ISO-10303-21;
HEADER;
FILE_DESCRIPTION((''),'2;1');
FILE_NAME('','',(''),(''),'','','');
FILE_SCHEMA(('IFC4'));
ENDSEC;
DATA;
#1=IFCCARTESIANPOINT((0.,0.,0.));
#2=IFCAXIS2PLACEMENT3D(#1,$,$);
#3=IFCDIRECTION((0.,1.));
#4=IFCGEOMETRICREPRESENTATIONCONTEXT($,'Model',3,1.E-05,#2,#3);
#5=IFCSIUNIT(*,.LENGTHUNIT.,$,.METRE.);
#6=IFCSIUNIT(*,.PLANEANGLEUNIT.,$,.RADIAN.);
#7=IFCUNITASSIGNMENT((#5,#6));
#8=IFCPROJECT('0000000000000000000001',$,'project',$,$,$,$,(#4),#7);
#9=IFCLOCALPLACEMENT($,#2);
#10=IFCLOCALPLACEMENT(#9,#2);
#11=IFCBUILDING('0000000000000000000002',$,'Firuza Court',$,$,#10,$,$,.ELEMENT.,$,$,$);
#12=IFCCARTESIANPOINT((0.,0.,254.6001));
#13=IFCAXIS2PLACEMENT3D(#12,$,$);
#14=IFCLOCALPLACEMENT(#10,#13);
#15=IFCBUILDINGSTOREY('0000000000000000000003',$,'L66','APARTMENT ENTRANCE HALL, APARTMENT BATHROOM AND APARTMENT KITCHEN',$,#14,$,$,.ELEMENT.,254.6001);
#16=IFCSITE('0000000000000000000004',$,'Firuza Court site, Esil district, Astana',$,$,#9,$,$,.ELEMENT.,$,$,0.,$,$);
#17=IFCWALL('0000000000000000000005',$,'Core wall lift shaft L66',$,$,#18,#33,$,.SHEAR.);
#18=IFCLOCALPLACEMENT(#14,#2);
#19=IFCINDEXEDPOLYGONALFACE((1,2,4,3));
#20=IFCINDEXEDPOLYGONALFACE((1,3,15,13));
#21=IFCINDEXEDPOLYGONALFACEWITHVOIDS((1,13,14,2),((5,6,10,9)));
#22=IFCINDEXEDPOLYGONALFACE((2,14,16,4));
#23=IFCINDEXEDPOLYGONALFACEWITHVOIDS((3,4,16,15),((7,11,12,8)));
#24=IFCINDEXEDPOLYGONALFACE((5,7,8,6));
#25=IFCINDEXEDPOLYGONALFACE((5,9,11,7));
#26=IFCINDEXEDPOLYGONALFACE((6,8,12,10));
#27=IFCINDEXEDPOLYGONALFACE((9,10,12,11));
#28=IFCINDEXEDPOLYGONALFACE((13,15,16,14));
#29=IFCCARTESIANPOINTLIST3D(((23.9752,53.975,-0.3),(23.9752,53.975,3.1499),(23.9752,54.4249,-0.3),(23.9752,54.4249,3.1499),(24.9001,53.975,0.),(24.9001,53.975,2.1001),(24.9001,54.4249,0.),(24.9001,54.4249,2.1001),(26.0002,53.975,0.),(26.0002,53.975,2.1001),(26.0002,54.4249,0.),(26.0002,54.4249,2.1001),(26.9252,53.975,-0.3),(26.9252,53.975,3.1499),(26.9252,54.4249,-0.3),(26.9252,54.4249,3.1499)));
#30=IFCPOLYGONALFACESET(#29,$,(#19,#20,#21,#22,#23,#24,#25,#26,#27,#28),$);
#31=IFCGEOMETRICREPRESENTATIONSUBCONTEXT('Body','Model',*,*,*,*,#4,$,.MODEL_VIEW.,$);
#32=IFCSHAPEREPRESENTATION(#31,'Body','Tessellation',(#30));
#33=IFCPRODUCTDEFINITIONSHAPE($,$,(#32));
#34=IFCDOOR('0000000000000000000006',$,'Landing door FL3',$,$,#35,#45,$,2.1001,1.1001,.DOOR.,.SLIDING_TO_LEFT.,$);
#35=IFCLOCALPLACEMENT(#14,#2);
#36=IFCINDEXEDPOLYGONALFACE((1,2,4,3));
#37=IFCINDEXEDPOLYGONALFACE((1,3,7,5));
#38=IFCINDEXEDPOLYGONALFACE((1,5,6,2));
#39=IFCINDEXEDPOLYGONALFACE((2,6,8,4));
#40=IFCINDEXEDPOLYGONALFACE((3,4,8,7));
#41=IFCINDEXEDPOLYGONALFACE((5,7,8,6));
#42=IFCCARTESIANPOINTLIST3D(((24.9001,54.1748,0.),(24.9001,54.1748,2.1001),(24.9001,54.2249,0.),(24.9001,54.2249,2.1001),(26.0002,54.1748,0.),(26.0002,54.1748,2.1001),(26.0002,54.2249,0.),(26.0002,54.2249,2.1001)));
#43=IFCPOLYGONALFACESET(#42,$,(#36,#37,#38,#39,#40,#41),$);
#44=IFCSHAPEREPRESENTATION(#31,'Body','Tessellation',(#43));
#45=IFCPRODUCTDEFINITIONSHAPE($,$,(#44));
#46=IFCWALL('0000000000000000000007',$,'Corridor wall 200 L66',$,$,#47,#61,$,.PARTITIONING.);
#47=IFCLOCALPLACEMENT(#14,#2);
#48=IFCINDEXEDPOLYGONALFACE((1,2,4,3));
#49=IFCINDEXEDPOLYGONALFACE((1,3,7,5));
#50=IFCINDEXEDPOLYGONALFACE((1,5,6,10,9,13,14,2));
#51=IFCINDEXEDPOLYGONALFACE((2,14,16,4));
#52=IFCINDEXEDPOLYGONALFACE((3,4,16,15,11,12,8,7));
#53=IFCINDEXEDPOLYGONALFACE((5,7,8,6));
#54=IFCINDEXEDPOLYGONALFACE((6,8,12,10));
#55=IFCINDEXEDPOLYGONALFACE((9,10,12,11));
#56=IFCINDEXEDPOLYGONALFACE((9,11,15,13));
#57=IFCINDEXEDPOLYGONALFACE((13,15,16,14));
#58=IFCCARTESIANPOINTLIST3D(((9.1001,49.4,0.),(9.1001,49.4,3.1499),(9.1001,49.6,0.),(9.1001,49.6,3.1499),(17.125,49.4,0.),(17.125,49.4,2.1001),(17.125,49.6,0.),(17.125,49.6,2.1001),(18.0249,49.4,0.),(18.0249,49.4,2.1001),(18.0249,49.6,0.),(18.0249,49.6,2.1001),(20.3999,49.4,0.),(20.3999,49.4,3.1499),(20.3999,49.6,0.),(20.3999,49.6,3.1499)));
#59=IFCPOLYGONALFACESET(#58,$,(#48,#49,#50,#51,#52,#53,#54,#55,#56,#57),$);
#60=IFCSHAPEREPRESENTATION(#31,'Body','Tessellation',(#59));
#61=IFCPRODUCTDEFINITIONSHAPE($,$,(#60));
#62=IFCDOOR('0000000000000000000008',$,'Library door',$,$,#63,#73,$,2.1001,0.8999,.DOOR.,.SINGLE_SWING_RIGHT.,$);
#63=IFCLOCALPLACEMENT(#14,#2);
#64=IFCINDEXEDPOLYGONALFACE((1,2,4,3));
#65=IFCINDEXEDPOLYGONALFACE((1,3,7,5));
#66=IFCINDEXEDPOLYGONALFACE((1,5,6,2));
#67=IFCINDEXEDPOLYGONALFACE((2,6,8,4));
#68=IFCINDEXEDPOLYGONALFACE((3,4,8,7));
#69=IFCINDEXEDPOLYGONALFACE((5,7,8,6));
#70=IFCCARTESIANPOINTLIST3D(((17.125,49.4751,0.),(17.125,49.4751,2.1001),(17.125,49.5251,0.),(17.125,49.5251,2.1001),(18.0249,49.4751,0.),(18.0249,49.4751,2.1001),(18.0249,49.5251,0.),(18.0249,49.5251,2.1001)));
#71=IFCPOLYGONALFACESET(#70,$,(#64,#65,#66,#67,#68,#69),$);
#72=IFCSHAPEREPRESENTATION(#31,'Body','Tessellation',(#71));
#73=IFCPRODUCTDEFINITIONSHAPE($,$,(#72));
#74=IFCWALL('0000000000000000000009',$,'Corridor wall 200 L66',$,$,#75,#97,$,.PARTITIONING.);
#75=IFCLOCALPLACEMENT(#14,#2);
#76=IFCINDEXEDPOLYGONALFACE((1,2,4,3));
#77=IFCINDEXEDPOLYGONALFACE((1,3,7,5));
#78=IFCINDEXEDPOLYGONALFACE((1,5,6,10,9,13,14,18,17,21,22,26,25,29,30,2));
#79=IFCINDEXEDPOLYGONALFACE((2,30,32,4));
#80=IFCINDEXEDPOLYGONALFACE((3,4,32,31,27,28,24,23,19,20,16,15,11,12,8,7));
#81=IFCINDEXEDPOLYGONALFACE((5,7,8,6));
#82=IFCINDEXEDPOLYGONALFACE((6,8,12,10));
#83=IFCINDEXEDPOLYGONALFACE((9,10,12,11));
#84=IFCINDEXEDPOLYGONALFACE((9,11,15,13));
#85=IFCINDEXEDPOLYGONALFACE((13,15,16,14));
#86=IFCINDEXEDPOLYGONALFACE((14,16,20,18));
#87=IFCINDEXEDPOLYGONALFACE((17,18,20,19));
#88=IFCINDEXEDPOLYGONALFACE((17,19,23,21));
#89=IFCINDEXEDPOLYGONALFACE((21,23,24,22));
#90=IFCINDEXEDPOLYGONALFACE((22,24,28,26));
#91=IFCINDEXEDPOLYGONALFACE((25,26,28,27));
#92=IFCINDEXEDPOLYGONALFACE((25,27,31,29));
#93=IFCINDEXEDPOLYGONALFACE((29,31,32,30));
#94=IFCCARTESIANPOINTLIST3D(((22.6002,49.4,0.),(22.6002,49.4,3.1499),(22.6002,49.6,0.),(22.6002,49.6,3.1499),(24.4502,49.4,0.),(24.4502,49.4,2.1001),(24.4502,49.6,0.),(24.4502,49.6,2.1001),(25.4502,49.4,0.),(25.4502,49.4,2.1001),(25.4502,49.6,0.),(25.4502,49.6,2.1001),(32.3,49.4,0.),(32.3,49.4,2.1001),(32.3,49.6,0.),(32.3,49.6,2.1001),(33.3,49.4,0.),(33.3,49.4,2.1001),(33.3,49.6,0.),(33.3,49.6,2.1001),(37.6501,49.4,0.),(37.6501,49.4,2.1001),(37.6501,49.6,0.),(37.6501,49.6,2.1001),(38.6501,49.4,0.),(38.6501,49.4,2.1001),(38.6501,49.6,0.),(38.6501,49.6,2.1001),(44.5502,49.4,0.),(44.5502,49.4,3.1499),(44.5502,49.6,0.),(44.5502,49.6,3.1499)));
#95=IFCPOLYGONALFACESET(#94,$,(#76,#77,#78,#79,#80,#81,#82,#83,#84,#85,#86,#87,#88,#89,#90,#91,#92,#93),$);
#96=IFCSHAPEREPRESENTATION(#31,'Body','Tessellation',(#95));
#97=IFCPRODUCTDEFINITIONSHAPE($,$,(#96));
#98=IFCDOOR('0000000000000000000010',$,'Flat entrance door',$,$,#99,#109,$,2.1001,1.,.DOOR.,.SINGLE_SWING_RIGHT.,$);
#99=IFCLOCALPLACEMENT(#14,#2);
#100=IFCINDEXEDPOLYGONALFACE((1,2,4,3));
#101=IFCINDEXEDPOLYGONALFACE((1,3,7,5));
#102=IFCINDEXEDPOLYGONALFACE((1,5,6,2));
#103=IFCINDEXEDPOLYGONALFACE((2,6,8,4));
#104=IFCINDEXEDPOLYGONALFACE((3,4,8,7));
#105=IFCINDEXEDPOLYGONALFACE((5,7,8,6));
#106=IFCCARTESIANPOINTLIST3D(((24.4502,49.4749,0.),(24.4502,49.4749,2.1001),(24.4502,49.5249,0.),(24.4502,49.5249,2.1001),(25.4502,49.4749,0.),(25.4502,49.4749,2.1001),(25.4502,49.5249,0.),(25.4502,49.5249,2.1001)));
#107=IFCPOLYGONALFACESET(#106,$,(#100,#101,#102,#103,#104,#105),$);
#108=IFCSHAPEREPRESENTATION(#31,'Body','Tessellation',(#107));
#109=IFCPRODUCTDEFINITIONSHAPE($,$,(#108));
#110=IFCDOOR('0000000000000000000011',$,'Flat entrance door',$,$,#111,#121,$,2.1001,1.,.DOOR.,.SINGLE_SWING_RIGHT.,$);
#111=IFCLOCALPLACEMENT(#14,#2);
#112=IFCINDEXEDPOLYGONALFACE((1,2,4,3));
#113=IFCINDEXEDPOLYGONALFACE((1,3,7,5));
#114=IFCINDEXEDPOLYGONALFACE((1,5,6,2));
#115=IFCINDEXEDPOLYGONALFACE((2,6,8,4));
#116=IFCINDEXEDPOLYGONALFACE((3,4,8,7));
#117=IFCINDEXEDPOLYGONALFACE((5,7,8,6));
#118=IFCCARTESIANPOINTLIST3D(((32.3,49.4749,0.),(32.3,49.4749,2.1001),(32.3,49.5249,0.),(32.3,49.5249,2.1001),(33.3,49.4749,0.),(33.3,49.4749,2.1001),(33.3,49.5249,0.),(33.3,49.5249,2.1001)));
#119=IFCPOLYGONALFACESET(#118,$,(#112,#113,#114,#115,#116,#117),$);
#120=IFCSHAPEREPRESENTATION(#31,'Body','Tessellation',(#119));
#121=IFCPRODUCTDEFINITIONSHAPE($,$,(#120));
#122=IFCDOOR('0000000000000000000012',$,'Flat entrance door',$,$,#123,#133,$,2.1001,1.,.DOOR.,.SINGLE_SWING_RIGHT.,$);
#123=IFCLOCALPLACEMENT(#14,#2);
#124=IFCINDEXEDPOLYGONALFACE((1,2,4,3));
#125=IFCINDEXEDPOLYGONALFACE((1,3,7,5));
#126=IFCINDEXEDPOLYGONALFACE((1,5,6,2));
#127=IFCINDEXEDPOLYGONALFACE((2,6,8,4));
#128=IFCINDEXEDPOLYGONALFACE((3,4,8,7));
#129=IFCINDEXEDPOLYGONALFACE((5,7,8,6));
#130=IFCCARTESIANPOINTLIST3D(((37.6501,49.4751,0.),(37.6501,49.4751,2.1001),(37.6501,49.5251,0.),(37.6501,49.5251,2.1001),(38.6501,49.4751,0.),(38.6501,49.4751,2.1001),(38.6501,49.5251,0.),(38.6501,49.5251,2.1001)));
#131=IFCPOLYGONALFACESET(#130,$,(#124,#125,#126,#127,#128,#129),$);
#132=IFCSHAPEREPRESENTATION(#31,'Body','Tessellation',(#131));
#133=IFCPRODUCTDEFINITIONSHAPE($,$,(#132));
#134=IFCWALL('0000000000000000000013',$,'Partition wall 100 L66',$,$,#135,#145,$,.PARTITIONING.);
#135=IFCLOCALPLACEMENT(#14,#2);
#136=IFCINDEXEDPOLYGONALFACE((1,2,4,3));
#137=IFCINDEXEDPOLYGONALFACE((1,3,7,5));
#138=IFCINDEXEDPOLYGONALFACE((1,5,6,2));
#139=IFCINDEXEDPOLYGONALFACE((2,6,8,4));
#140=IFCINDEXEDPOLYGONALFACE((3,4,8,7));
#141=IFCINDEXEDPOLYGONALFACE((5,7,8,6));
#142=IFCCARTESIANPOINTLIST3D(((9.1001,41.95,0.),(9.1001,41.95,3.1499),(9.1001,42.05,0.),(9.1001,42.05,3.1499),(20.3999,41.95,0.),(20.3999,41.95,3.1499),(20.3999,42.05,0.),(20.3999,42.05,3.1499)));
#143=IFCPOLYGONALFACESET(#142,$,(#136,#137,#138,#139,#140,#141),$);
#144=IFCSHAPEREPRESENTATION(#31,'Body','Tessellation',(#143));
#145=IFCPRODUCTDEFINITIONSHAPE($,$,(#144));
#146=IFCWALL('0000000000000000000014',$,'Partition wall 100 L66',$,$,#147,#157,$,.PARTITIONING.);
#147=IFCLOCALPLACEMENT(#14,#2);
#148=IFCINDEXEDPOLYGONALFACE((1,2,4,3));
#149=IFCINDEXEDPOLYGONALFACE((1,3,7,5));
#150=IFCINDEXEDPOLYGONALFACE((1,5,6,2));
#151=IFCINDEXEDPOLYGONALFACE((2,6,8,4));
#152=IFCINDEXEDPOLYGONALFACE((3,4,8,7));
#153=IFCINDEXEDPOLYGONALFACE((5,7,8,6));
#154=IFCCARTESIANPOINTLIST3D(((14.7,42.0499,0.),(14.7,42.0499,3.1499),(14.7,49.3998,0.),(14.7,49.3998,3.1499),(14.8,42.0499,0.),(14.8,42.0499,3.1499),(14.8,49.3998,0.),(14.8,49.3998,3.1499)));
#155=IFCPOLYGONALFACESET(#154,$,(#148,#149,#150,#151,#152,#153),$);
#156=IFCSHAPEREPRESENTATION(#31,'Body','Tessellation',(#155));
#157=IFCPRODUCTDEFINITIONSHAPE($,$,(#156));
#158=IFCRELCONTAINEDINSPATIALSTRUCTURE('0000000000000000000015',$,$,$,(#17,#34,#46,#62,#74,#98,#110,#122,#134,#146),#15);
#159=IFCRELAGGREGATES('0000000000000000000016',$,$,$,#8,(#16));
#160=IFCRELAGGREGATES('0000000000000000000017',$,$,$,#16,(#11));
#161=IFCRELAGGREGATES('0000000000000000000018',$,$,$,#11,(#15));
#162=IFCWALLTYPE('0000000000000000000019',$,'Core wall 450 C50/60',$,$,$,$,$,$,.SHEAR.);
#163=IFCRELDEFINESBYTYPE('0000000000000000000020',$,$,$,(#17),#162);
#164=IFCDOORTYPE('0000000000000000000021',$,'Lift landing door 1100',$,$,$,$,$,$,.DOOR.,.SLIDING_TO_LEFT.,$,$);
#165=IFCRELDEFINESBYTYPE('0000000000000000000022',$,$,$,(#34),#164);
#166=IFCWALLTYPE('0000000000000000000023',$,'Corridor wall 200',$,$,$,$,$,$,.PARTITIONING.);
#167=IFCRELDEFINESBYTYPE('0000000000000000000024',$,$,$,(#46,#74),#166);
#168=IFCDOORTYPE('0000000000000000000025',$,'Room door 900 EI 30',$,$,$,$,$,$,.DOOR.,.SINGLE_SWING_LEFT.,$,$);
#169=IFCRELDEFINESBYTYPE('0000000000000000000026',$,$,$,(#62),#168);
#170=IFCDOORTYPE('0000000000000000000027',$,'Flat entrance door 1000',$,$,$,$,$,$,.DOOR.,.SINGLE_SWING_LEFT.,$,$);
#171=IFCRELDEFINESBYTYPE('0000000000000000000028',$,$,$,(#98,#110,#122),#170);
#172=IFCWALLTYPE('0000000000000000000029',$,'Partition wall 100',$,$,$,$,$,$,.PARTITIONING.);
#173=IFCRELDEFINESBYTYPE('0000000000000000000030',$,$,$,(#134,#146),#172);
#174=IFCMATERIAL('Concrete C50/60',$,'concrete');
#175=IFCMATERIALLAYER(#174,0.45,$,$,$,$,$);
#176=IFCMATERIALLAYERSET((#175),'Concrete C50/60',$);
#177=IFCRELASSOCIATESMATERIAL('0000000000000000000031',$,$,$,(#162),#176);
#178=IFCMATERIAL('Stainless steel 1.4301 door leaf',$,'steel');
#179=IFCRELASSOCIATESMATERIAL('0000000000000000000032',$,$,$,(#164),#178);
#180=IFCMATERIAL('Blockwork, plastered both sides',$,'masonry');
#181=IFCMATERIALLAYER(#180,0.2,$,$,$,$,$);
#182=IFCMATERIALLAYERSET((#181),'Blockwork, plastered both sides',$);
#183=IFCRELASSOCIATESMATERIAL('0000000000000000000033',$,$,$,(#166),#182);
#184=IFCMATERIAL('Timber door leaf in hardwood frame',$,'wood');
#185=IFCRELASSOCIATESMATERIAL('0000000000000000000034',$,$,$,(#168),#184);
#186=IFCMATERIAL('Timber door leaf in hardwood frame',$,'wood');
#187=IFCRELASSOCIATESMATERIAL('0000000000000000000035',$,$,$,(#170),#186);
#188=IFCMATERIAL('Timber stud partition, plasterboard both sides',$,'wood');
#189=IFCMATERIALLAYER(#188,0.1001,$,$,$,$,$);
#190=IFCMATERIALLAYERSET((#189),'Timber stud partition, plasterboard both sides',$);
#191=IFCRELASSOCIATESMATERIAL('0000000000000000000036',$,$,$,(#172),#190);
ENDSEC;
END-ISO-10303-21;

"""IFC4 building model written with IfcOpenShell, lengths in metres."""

from ifc_helpers import new_model, si_unit, direction, frame, frame_2d, origin, place, context, subcontext, project, spatial, rectangle, extrude, material, layer, layer_set, type_object, element, fill, save


model = new_model("IFC4")

# Units and contexts
model_context = context("Model", 3, precision=1e-05, world=origin(), true_north=direction((0.0, 1.0)))
body_context = subcontext(model_context, "Body", "Model", "MODEL_VIEW")
ifc_project = project(units=[si_unit("LENGTHUNIT", "METRE"), si_unit("PLANEANGLEUNIT", "RADIAN")], contexts=[model_context])

# Site, building, storey
site_placement = place(None, origin())
site = spatial("IfcSite", under=ifc_project, at=site_placement, Name="Firuza Court site, Esil district, Astana", CompositionType="ELEMENT", RefElevation=0.0)
building_placement = place(site_placement, origin())
building = spatial("IfcBuilding", under=site, at=building_placement, Name="Firuza Court", CompositionType="ELEMENT")
storey_placement = place(building_placement, frame((0.0, 0.0, 254.6001)))
storey = spatial("IfcBuildingStorey", under=building, at=storey_placement, Name="L66", Description="APARTMENT ENTRANCE HALL, APARTMENT BATHROOM AND APARTMENT KITCHEN", CompositionType="ELEMENT", Elevation=254.6001)

# Walls, openings, doors
ifc_material_1 = material(Name="Concrete C50/60", Category="concrete")
ifc_layer_1 = layer(ifc_material_1, 0.45)
ifc_layer_set_1 = layer_set([ifc_layer_1], Name="Concrete C50/60")
wall_type_1 = type_object("IfcWallType", Name="Core wall 450 C50/60", PredefinedType="SHEAR", material=ifc_layer_set_1)
wall_1_placement = place(storey_placement, frame((23.9751, 54.2, -0.3), z_axis=(0.0, 0.0, 1.0), x_axis=(1.0, 0.0, 0.0)))
wall_1 = element("IfcWall", 1, at=wall_1_placement, inside=storey, type_object=wall_type_1, Name="Core wall lift shaft L66", PredefinedType="SHEAR", context=body_context, shape_type="SweptSolid", body=[
    extrude(rectangle(XDim=2.95, YDim=0.45, at=frame_2d((1.4751, 0.0))), origin(), (0.0, 0.0, 1.0), 3.45),
])
opening_1_placement = place(wall_1_placement, frame((0.925, 0.0, 0.3)))
opening_1 = element("IfcOpeningElement", 2, at=opening_1_placement, cuts=wall_1, PredefinedType="OPENING", context=body_context, shape_type="SweptSolid", body=[
    extrude(rectangle(XDim=1.1001, YDim=2.1001, at=frame_2d((0.55, 1.05))), frame((0.0, 0.2368, 0.0), z_axis=(0.0, -1.0, 0.0), x_axis=(1.0, 0.0, 0.0)), (0.0, 0.0, 1.0), 0.4739),
])
ifc_material_2 = material(Name="Stainless steel 1.4301 door leaf", Category="steel")
door_type_1 = type_object("IfcDoorType", Name="Lift landing door 1100", OperationType="SLIDING_TO_LEFT", PredefinedType="DOOR", material=ifc_material_2)
door_1_placement = place(opening_1_placement, origin())
door_1 = element("IfcDoor", 3, at=door_1_placement, inside=storey, type_object=door_type_1, Name="Landing door FL3", OperationType="SLIDING_TO_LEFT", OverallHeight=2.1001, OverallWidth=1.1001, PredefinedType="DOOR", context=body_context, shape_type="SweptSolid", body=[
    extrude(rectangle(XDim=1.1001, YDim=2.1001, at=frame_2d((0.55, 1.05))), frame((0.0, 0.0249, 0.0), z_axis=(0.0, -1.0, 0.0), x_axis=(1.0, 0.0, 0.0)), (0.0, 0.0, 1.0), 0.05),
])
fill(opening_1, door_1)
ifc_material_3 = material(Name="Blockwork, plastered both sides", Category="masonry")
ifc_layer_2 = layer(ifc_material_3, 0.2)
ifc_layer_set_2 = layer_set([ifc_layer_2], Name="Blockwork, plastered both sides")
wall_type_2 = type_object("IfcWallType", Name="Corridor wall 200", PredefinedType="PARTITIONING", material=ifc_layer_set_2)
wall_2_placement = place(storey_placement, frame((9.1001, 49.5, 0.0), z_axis=(0.0, 0.0, 1.0), x_axis=(1.0, 0.0, 0.0)))
wall_2 = element("IfcWall", 4, at=wall_2_placement, inside=storey, type_object=wall_type_2, Name="Corridor wall 200 L66", PredefinedType="PARTITIONING", context=body_context, shape_type="SweptSolid", body=[
    extrude(rectangle(XDim=11.2998, YDim=0.2, at=frame_2d((5.6499, 0.0))), origin(), (0.0, 0.0, 1.0), 3.1499),
])
opening_2_placement = place(wall_2_placement, frame((8.0249, 0.0, 0.0)))
opening_2 = element("IfcOpeningElement", 5, at=opening_2_placement, cuts=wall_2, PredefinedType="OPENING", context=body_context, shape_type="SweptSolid", body=[
    extrude(rectangle(XDim=0.8999, YDim=2.1001, at=frame_2d((0.45, 1.05))), frame((0.0, 0.1118, 0.0), z_axis=(0.0, -1.0, 0.0), x_axis=(1.0, 0.0, 0.0)), (0.0, 0.0, 1.0), 0.2239),
])
ifc_material_4 = material(Name="Timber door leaf in hardwood frame", Category="wood")
door_type_2 = type_object("IfcDoorType", Name="Room door 900 EI 30", OperationType="SINGLE_SWING_LEFT", PredefinedType="DOOR", material=ifc_material_4)
door_2_placement = place(opening_2_placement, frame((0.8999, 0.0, 0.0), z_axis=(0.0, 0.0, 1.0), x_axis=(-1.0, 0.0, 0.0)))
door_2 = element("IfcDoor", 6, at=door_2_placement, inside=storey, type_object=door_type_2, Name="Library door", OperationType="SINGLE_SWING_RIGHT", OverallHeight=2.1001, OverallWidth=0.8999, PredefinedType="DOOR", context=body_context, shape_type="SweptSolid", body=[
    extrude(rectangle(XDim=0.8999, YDim=2.1001, at=frame_2d((0.45, 1.05))), frame((0.0, 0.0249, 0.0), z_axis=(0.0, -1.0, 0.0), x_axis=(1.0, 0.0, 0.0)), (0.0, 0.0, 1.0), 0.05),
])
fill(opening_2, door_2)

# Wall, openings, doors
wall_3_placement = place(storey_placement, frame((22.6001, 49.5, 0.0), z_axis=(0.0, 0.0, 1.0), x_axis=(1.0, 0.0, 0.0)))
wall_3 = element("IfcWall", 7, at=wall_3_placement, inside=storey, type_object=wall_type_2, Name="Corridor wall 200 L66", PredefinedType="PARTITIONING", context=body_context, shape_type="SweptSolid", body=[
    extrude(rectangle(XDim=21.95, YDim=0.2, at=frame_2d((10.9751, 0.0))), origin(), (0.0, 0.0, 1.0), 3.1499),
])
opening_3_placement = place(wall_3_placement, frame((1.8501, 0.0, 0.0)))
opening_3 = element("IfcOpeningElement", 8, at=opening_3_placement, cuts=wall_3, PredefinedType="OPENING", context=body_context, shape_type="SweptSolid", body=[
    extrude(rectangle(XDim=1.0, YDim=2.1001, at=frame_2d((0.5, 1.05))), frame((0.0, 0.1118, 0.0), z_axis=(0.0, -1.0, 0.0), x_axis=(1.0, 0.0, 0.0)), (0.0, 0.0, 1.0), 0.2239),
])
opening_4_placement = place(wall_3_placement, frame((9.7, 0.0, 0.0)))
opening_4 = element("IfcOpeningElement", 9, at=opening_4_placement, cuts=wall_3, PredefinedType="OPENING", context=body_context, shape_type="SweptSolid", body=[
    extrude(rectangle(XDim=1.0, YDim=2.1001, at=frame_2d((0.5, 1.05))), frame((0.0, 0.1118, 0.0), z_axis=(0.0, -1.0, 0.0), x_axis=(1.0, 0.0, 0.0)), (0.0, 0.0, 1.0), 0.2239),
])
opening_5_placement = place(wall_3_placement, frame((15.05, 0.0, 0.0)))
opening_5 = element("IfcOpeningElement", 10, at=opening_5_placement, cuts=wall_3, PredefinedType="OPENING", context=body_context, shape_type="SweptSolid", body=[
    extrude(rectangle(XDim=1.0, YDim=2.1001, at=frame_2d((0.5, 1.05))), frame((0.0, 0.1118, 0.0), z_axis=(0.0, -1.0, 0.0), x_axis=(1.0, 0.0, 0.0)), (0.0, 0.0, 1.0), 0.2239),
])
ifc_material_5 = material(Name="Timber door leaf in hardwood frame", Category="wood")
door_type_3 = type_object("IfcDoorType", Name="Flat entrance door 1000", OperationType="SINGLE_SWING_LEFT", PredefinedType="DOOR", material=ifc_material_5)
door_3_placement = place(opening_3_placement, origin())
door_3 = element("IfcDoor", 11, at=door_3_placement, inside=storey, type_object=door_type_3, Name="Flat entrance door", OperationType="SINGLE_SWING_RIGHT", OverallHeight=2.1001, OverallWidth=1.0, PredefinedType="DOOR", context=body_context, shape_type="SweptSolid", body=[
    extrude(rectangle(XDim=1.0, YDim=2.1001, at=frame_2d((0.5, 1.05))), frame((0.0, 0.0249, 0.0), z_axis=(0.0, -1.0, 0.0), x_axis=(1.0, 0.0, 0.0)), (0.0, 0.0, 1.0), 0.05),
])
fill(opening_3, door_3)
door_4_placement = place(opening_4_placement, origin())
door_4 = element("IfcDoor", 12, at=door_4_placement, inside=storey, type_object=door_type_3, Name="Flat entrance door", OperationType="SINGLE_SWING_RIGHT", OverallHeight=2.1001, OverallWidth=1.0, PredefinedType="DOOR", context=body_context, shape_type="SweptSolid", body=[
    extrude(rectangle(XDim=1.0, YDim=2.1001, at=frame_2d((0.5, 1.05))), frame((0.0, 0.0249, 0.0), z_axis=(0.0, -1.0, 0.0), x_axis=(1.0, 0.0, 0.0)), (0.0, 0.0, 1.0), 0.05),
])
fill(opening_4, door_4)
door_5_placement = place(opening_5_placement, frame((1.0, 0.0, 0.0), z_axis=(0.0, 0.0, 1.0), x_axis=(-1.0, 0.0, 0.0)))
door_5 = element("IfcDoor", 13, at=door_5_placement, inside=storey, type_object=door_type_3, Name="Flat entrance door", OperationType="SINGLE_SWING_RIGHT", OverallHeight=2.1001, OverallWidth=1.0, PredefinedType="DOOR", context=body_context, shape_type="SweptSolid", body=[
    extrude(rectangle(XDim=1.0, YDim=2.1001, at=frame_2d((0.5, 1.05))), frame((0.0, 0.0249, 0.0), z_axis=(0.0, -1.0, 0.0), x_axis=(1.0, 0.0, 0.0)), (0.0, 0.0, 1.0), 0.05),
])
fill(opening_5, door_5)

# Walls
ifc_material_6 = material(Name="Timber stud partition, plasterboard both sides", Category="wood")
ifc_layer_3 = layer(ifc_material_6, 0.1001)
ifc_layer_set_3 = layer_set([ifc_layer_3], Name="Timber stud partition, plasterboard both sides")
wall_type_3 = type_object("IfcWallType", Name="Partition wall 100", PredefinedType="PARTITIONING", material=ifc_layer_set_3)
wall_4_placement = place(storey_placement, frame((9.1001, 42.0, 0.0), z_axis=(0.0, 0.0, 1.0), x_axis=(1.0, 0.0, 0.0)))
element("IfcWall", 14, at=wall_4_placement, inside=storey, type_object=wall_type_3, Name="Partition wall 100 L66", PredefinedType="PARTITIONING", context=body_context, shape_type="SweptSolid", body=[
    extrude(rectangle(XDim=11.2998, YDim=0.1001, at=frame_2d((5.6499, 0.0))), origin(), (0.0, 0.0, 1.0), 3.1499),
])
wall_5_placement = place(storey_placement, frame((14.75, 42.05, 0.0), z_axis=(0.0, 0.0, 1.0), x_axis=(0.0, 1.0, 0.0)))
element("IfcWall", 15, at=wall_5_placement, inside=storey, type_object=wall_type_3, Name="Partition wall 100 L66", PredefinedType="PARTITIONING", context=body_context, shape_type="SweptSolid", body=[
    extrude(rectangle(XDim=7.3499, YDim=0.1001, at=frame_2d((3.6748, 0.0))), origin(), (0.0, 0.0, 1.0), 3.1499),
])

save(model, "model.ifc")
